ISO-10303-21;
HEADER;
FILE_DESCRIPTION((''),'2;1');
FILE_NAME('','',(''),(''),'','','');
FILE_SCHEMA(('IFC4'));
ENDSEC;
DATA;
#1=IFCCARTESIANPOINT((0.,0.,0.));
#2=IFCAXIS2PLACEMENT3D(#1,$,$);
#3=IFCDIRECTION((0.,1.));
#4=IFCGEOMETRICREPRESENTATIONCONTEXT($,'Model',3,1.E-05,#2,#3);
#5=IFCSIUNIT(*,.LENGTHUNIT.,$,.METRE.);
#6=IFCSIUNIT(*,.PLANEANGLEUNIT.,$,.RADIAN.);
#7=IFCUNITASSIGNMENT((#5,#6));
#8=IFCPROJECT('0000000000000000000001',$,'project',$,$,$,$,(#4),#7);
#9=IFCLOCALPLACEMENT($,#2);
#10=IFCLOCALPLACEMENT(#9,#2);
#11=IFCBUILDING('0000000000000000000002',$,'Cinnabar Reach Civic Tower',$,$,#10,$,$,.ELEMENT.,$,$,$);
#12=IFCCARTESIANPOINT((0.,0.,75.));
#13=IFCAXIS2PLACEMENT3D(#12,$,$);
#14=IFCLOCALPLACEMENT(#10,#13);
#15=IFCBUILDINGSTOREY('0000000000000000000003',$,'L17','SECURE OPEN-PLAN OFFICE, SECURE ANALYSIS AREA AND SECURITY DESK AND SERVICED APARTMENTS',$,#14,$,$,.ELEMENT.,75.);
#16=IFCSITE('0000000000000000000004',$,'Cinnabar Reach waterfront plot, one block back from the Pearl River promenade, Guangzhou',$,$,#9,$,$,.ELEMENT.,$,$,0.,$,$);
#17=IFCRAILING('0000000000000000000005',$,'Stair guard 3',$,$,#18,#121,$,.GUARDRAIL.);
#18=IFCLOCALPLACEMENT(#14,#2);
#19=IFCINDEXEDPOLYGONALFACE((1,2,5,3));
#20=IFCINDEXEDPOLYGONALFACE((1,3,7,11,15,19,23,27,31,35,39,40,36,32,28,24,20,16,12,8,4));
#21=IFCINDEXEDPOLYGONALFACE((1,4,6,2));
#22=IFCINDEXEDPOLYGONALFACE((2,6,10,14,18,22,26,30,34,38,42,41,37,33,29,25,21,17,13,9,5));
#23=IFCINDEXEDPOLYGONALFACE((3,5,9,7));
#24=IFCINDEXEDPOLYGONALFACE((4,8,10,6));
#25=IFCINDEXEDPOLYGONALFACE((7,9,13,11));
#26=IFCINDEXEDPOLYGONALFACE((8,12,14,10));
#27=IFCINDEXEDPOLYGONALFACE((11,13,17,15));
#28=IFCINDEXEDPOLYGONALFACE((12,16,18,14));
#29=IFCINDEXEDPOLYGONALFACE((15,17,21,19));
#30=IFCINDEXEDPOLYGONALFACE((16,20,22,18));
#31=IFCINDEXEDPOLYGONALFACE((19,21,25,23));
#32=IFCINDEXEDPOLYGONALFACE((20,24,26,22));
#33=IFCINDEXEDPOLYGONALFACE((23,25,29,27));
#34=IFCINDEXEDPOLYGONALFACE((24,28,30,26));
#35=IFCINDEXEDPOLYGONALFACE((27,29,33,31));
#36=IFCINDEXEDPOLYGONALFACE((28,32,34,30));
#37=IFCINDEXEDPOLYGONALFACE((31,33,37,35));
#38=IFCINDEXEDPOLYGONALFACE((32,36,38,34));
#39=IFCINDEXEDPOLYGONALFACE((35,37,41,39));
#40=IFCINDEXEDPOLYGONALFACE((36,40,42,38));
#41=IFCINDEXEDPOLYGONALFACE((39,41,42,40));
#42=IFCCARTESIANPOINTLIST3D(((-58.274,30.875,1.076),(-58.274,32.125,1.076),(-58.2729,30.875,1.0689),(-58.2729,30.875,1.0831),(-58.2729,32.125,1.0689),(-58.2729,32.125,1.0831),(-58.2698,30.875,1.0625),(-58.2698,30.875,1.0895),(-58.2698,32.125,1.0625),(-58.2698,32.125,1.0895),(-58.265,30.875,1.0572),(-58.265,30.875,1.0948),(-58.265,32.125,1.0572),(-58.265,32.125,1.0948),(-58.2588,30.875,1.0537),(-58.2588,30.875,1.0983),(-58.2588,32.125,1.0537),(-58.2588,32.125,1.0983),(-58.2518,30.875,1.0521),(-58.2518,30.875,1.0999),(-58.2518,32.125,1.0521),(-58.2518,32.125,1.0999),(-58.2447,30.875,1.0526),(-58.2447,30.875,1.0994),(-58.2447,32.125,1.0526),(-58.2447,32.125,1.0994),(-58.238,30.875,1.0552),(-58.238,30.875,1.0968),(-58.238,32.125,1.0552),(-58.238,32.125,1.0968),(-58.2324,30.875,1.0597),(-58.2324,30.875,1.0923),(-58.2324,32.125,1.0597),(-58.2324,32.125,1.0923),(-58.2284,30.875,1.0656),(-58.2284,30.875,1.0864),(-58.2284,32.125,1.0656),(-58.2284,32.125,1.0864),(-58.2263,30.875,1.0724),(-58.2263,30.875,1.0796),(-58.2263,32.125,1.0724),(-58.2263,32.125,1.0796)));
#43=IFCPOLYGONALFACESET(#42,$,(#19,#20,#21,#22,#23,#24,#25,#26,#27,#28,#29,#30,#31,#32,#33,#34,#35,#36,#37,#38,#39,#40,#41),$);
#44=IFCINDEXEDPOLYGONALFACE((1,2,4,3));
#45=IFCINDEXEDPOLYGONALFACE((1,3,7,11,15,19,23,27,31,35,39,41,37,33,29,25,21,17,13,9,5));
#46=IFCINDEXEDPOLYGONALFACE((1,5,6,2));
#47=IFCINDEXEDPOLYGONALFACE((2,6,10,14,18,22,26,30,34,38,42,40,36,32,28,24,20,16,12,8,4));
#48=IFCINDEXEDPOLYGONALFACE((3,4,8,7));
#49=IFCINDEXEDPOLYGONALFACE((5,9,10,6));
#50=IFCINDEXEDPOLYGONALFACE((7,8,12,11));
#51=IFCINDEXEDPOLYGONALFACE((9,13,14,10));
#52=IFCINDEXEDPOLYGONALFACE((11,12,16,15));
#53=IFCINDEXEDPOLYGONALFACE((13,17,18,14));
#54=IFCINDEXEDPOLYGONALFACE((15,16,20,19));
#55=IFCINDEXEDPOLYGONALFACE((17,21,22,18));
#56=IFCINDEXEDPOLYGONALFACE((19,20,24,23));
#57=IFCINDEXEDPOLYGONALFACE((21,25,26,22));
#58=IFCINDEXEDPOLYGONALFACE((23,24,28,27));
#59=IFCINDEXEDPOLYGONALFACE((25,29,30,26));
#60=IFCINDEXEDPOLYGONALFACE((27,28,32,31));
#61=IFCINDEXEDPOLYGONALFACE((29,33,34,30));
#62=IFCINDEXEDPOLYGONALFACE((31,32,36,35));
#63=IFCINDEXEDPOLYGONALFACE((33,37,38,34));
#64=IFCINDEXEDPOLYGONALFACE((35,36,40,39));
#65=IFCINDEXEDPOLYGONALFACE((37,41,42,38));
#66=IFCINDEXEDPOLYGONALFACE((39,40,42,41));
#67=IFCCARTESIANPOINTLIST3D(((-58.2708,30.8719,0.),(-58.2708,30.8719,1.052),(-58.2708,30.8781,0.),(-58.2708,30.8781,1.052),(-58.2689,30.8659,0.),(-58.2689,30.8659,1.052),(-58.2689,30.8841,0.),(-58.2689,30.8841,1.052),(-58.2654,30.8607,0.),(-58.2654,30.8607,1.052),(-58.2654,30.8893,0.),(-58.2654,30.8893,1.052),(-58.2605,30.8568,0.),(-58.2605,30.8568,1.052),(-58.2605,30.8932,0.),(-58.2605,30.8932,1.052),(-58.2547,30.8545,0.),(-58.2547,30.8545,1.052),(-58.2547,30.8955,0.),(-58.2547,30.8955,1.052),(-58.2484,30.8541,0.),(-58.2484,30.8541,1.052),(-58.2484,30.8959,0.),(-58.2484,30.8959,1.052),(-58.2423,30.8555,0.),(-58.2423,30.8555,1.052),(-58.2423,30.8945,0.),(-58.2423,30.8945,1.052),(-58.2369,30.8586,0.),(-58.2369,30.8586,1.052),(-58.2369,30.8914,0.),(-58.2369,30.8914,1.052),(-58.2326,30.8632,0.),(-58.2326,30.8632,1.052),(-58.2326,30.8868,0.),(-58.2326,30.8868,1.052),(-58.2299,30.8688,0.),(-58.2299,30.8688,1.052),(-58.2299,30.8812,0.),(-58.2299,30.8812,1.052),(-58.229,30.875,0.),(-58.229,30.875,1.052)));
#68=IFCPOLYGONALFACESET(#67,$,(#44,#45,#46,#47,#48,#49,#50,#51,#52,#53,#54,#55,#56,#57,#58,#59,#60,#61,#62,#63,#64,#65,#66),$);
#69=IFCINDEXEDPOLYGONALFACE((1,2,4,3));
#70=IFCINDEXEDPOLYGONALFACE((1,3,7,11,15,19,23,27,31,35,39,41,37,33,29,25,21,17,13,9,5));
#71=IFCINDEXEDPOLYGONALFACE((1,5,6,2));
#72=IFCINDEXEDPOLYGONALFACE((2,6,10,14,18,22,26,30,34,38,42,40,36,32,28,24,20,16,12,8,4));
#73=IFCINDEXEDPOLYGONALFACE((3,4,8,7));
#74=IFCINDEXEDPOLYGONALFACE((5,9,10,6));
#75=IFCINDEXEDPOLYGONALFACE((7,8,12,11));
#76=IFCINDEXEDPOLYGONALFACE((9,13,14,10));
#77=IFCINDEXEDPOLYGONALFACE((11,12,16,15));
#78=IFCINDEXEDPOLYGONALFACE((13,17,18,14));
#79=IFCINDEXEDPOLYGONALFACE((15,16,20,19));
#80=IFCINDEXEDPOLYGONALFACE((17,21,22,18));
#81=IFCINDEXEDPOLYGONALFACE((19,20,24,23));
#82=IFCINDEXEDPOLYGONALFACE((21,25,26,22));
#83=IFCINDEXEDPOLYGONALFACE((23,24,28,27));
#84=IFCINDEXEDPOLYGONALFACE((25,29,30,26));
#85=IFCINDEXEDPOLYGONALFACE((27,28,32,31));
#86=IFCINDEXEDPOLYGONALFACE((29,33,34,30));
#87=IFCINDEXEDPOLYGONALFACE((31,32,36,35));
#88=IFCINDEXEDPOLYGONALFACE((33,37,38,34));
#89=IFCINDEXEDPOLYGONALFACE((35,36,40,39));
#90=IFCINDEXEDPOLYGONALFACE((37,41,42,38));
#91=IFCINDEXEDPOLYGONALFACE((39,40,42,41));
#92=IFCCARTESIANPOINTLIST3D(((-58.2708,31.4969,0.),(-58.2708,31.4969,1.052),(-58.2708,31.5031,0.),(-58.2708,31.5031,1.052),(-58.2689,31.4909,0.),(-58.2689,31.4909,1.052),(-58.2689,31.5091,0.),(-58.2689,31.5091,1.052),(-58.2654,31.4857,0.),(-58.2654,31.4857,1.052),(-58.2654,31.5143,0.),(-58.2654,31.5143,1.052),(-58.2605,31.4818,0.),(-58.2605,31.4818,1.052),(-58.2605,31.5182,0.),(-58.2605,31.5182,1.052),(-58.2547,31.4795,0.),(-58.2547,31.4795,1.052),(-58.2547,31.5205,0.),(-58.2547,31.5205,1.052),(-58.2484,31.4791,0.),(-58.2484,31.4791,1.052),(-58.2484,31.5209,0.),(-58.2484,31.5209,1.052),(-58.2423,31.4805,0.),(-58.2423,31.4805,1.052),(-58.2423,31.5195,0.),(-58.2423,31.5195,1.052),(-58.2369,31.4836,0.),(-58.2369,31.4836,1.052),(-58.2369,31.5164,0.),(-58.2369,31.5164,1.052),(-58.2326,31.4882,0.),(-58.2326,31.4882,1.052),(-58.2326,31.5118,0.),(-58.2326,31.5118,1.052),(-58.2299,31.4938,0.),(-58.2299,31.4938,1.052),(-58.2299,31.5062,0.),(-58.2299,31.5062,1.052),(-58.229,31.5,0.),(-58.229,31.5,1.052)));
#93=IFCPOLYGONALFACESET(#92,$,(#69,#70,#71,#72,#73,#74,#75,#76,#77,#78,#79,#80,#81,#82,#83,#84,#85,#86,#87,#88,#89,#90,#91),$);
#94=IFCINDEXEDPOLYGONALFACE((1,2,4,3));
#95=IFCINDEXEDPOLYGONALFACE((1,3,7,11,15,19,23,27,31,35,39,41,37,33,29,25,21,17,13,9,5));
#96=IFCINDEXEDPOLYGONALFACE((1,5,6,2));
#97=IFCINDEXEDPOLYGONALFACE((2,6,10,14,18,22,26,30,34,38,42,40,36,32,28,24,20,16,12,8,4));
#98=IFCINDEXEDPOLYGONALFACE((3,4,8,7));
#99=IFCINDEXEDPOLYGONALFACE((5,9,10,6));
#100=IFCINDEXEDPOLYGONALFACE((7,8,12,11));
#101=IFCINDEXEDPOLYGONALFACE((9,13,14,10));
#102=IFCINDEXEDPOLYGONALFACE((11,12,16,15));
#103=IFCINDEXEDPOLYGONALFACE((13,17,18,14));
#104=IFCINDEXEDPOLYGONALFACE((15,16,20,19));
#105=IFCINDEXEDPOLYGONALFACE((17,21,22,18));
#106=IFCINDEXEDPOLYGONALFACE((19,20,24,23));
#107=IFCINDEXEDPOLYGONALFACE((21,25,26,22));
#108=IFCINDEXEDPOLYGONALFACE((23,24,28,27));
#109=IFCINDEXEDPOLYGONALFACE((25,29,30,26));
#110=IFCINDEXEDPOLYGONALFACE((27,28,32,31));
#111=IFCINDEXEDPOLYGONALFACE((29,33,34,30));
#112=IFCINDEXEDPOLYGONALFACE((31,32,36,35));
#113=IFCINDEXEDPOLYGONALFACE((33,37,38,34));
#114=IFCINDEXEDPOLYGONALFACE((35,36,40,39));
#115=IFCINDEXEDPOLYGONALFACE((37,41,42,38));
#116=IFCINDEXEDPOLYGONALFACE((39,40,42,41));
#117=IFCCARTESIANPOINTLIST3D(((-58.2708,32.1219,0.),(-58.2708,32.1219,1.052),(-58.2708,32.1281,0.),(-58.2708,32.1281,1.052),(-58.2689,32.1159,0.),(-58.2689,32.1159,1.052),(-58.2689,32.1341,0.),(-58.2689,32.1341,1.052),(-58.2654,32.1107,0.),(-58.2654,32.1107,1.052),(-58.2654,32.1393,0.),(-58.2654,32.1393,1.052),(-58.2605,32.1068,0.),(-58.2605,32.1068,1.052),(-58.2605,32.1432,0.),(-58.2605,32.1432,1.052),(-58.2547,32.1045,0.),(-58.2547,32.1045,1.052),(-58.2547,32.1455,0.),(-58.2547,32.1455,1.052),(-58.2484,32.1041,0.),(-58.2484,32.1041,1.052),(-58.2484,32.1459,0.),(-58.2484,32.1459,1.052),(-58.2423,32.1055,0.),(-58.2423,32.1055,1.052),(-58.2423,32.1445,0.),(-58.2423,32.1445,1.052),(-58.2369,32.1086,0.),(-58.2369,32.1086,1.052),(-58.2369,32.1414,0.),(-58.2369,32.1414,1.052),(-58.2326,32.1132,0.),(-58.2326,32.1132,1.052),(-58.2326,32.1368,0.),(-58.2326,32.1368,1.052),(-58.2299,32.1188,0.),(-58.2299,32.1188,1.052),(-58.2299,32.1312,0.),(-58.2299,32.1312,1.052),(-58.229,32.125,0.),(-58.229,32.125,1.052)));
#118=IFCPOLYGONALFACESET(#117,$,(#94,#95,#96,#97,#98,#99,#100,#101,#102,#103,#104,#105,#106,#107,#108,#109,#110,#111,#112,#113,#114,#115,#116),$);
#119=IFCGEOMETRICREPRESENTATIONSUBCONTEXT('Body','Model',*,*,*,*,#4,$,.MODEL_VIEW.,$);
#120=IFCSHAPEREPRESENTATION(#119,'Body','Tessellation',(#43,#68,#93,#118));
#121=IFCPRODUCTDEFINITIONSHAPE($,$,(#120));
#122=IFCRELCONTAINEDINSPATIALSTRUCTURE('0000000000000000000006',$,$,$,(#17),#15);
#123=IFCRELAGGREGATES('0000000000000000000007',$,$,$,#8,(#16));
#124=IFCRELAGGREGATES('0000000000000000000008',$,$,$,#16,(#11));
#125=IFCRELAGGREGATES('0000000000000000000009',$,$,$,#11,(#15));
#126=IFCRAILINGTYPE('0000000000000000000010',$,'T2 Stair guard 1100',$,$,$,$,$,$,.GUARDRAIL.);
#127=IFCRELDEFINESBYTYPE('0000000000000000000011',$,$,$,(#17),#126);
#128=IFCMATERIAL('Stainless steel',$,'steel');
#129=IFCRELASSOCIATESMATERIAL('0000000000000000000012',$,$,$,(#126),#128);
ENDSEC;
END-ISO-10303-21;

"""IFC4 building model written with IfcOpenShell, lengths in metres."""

from ifc_helpers import new_model, si_unit, direction, frame, origin, origin_2d, place, context, subcontext, project, spatial, circle, extrude, material, type_object, element, save


model = new_model("IFC4")

# Units and contexts
model_context = context("Model", 3, precision=1e-05, world=origin(), true_north=direction((0.0, 1.0)))
body_context = subcontext(model_context, "Body", "Model", "MODEL_VIEW")
ifc_project = project(units=[si_unit("LENGTHUNIT", "METRE"), si_unit("PLANEANGLEUNIT", "RADIAN")], contexts=[model_context])

# Site, building, storey
site_placement = place(None, origin())
site = spatial("IfcSite", under=ifc_project, at=site_placement, Name="Cinnabar Reach waterfront plot, one block back from the Pearl River promenade, Guangzhou", CompositionType="ELEMENT", RefElevation=0.0)
building_placement = place(site_placement, origin())
building = spatial("IfcBuilding", under=site, at=building_placement, Name="Cinnabar Reach Civic Tower", CompositionType="ELEMENT")
storey_placement = place(building_placement, frame((0.0, 0.0, 75.0)))
storey = spatial("IfcBuildingStorey", under=building, at=storey_placement, Name="L17", Description="SECURE OPEN-PLAN OFFICE, SECURE ANALYSIS AREA AND SECURITY DESK AND SERVICED APARTMENTS", CompositionType="ELEMENT", Elevation=75.0)

# Railing
ifc_material_1 = material(Name="Stainless steel", Category="steel")
railing_type = type_object("IfcRailingType", Name="T2 Stair guard 1100", PredefinedType="GUARDRAIL", material=ifc_material_1)
railing_1_placement = place(storey_placement, frame((-58.25, 30.875, 0.0)))
element("IfcRailing", 1, at=railing_1_placement, inside=storey, type_object=railing_type, Name="Stair guard 3", PredefinedType="GUARDRAIL", context=body_context, shape_type="SweptSolid", body=[
    extrude(circle(Radius=0.024, at=origin_2d()), frame((0.0, 0.0, 1.076), z_axis=(0.0, 1.0, 0.0), x_axis=(-1.0, 0.0, 0.0)), (0.0, 0.0, 1.0), 1.25),
    extrude(circle(Radius=0.021, at=origin_2d()), origin(), (0.0, 0.0, 1.0), 1.052),
    extrude(circle(Radius=0.021, at=origin_2d()), frame((0.0, 0.625, 0.0)), (0.0, 0.0, 1.0), 1.052),
    extrude(circle(Radius=0.021, at=origin_2d()), frame((0.0, 1.25, 0.0)), (0.0, 0.0, 1.0), 1.052),
])

save(model, "model.ifc")
